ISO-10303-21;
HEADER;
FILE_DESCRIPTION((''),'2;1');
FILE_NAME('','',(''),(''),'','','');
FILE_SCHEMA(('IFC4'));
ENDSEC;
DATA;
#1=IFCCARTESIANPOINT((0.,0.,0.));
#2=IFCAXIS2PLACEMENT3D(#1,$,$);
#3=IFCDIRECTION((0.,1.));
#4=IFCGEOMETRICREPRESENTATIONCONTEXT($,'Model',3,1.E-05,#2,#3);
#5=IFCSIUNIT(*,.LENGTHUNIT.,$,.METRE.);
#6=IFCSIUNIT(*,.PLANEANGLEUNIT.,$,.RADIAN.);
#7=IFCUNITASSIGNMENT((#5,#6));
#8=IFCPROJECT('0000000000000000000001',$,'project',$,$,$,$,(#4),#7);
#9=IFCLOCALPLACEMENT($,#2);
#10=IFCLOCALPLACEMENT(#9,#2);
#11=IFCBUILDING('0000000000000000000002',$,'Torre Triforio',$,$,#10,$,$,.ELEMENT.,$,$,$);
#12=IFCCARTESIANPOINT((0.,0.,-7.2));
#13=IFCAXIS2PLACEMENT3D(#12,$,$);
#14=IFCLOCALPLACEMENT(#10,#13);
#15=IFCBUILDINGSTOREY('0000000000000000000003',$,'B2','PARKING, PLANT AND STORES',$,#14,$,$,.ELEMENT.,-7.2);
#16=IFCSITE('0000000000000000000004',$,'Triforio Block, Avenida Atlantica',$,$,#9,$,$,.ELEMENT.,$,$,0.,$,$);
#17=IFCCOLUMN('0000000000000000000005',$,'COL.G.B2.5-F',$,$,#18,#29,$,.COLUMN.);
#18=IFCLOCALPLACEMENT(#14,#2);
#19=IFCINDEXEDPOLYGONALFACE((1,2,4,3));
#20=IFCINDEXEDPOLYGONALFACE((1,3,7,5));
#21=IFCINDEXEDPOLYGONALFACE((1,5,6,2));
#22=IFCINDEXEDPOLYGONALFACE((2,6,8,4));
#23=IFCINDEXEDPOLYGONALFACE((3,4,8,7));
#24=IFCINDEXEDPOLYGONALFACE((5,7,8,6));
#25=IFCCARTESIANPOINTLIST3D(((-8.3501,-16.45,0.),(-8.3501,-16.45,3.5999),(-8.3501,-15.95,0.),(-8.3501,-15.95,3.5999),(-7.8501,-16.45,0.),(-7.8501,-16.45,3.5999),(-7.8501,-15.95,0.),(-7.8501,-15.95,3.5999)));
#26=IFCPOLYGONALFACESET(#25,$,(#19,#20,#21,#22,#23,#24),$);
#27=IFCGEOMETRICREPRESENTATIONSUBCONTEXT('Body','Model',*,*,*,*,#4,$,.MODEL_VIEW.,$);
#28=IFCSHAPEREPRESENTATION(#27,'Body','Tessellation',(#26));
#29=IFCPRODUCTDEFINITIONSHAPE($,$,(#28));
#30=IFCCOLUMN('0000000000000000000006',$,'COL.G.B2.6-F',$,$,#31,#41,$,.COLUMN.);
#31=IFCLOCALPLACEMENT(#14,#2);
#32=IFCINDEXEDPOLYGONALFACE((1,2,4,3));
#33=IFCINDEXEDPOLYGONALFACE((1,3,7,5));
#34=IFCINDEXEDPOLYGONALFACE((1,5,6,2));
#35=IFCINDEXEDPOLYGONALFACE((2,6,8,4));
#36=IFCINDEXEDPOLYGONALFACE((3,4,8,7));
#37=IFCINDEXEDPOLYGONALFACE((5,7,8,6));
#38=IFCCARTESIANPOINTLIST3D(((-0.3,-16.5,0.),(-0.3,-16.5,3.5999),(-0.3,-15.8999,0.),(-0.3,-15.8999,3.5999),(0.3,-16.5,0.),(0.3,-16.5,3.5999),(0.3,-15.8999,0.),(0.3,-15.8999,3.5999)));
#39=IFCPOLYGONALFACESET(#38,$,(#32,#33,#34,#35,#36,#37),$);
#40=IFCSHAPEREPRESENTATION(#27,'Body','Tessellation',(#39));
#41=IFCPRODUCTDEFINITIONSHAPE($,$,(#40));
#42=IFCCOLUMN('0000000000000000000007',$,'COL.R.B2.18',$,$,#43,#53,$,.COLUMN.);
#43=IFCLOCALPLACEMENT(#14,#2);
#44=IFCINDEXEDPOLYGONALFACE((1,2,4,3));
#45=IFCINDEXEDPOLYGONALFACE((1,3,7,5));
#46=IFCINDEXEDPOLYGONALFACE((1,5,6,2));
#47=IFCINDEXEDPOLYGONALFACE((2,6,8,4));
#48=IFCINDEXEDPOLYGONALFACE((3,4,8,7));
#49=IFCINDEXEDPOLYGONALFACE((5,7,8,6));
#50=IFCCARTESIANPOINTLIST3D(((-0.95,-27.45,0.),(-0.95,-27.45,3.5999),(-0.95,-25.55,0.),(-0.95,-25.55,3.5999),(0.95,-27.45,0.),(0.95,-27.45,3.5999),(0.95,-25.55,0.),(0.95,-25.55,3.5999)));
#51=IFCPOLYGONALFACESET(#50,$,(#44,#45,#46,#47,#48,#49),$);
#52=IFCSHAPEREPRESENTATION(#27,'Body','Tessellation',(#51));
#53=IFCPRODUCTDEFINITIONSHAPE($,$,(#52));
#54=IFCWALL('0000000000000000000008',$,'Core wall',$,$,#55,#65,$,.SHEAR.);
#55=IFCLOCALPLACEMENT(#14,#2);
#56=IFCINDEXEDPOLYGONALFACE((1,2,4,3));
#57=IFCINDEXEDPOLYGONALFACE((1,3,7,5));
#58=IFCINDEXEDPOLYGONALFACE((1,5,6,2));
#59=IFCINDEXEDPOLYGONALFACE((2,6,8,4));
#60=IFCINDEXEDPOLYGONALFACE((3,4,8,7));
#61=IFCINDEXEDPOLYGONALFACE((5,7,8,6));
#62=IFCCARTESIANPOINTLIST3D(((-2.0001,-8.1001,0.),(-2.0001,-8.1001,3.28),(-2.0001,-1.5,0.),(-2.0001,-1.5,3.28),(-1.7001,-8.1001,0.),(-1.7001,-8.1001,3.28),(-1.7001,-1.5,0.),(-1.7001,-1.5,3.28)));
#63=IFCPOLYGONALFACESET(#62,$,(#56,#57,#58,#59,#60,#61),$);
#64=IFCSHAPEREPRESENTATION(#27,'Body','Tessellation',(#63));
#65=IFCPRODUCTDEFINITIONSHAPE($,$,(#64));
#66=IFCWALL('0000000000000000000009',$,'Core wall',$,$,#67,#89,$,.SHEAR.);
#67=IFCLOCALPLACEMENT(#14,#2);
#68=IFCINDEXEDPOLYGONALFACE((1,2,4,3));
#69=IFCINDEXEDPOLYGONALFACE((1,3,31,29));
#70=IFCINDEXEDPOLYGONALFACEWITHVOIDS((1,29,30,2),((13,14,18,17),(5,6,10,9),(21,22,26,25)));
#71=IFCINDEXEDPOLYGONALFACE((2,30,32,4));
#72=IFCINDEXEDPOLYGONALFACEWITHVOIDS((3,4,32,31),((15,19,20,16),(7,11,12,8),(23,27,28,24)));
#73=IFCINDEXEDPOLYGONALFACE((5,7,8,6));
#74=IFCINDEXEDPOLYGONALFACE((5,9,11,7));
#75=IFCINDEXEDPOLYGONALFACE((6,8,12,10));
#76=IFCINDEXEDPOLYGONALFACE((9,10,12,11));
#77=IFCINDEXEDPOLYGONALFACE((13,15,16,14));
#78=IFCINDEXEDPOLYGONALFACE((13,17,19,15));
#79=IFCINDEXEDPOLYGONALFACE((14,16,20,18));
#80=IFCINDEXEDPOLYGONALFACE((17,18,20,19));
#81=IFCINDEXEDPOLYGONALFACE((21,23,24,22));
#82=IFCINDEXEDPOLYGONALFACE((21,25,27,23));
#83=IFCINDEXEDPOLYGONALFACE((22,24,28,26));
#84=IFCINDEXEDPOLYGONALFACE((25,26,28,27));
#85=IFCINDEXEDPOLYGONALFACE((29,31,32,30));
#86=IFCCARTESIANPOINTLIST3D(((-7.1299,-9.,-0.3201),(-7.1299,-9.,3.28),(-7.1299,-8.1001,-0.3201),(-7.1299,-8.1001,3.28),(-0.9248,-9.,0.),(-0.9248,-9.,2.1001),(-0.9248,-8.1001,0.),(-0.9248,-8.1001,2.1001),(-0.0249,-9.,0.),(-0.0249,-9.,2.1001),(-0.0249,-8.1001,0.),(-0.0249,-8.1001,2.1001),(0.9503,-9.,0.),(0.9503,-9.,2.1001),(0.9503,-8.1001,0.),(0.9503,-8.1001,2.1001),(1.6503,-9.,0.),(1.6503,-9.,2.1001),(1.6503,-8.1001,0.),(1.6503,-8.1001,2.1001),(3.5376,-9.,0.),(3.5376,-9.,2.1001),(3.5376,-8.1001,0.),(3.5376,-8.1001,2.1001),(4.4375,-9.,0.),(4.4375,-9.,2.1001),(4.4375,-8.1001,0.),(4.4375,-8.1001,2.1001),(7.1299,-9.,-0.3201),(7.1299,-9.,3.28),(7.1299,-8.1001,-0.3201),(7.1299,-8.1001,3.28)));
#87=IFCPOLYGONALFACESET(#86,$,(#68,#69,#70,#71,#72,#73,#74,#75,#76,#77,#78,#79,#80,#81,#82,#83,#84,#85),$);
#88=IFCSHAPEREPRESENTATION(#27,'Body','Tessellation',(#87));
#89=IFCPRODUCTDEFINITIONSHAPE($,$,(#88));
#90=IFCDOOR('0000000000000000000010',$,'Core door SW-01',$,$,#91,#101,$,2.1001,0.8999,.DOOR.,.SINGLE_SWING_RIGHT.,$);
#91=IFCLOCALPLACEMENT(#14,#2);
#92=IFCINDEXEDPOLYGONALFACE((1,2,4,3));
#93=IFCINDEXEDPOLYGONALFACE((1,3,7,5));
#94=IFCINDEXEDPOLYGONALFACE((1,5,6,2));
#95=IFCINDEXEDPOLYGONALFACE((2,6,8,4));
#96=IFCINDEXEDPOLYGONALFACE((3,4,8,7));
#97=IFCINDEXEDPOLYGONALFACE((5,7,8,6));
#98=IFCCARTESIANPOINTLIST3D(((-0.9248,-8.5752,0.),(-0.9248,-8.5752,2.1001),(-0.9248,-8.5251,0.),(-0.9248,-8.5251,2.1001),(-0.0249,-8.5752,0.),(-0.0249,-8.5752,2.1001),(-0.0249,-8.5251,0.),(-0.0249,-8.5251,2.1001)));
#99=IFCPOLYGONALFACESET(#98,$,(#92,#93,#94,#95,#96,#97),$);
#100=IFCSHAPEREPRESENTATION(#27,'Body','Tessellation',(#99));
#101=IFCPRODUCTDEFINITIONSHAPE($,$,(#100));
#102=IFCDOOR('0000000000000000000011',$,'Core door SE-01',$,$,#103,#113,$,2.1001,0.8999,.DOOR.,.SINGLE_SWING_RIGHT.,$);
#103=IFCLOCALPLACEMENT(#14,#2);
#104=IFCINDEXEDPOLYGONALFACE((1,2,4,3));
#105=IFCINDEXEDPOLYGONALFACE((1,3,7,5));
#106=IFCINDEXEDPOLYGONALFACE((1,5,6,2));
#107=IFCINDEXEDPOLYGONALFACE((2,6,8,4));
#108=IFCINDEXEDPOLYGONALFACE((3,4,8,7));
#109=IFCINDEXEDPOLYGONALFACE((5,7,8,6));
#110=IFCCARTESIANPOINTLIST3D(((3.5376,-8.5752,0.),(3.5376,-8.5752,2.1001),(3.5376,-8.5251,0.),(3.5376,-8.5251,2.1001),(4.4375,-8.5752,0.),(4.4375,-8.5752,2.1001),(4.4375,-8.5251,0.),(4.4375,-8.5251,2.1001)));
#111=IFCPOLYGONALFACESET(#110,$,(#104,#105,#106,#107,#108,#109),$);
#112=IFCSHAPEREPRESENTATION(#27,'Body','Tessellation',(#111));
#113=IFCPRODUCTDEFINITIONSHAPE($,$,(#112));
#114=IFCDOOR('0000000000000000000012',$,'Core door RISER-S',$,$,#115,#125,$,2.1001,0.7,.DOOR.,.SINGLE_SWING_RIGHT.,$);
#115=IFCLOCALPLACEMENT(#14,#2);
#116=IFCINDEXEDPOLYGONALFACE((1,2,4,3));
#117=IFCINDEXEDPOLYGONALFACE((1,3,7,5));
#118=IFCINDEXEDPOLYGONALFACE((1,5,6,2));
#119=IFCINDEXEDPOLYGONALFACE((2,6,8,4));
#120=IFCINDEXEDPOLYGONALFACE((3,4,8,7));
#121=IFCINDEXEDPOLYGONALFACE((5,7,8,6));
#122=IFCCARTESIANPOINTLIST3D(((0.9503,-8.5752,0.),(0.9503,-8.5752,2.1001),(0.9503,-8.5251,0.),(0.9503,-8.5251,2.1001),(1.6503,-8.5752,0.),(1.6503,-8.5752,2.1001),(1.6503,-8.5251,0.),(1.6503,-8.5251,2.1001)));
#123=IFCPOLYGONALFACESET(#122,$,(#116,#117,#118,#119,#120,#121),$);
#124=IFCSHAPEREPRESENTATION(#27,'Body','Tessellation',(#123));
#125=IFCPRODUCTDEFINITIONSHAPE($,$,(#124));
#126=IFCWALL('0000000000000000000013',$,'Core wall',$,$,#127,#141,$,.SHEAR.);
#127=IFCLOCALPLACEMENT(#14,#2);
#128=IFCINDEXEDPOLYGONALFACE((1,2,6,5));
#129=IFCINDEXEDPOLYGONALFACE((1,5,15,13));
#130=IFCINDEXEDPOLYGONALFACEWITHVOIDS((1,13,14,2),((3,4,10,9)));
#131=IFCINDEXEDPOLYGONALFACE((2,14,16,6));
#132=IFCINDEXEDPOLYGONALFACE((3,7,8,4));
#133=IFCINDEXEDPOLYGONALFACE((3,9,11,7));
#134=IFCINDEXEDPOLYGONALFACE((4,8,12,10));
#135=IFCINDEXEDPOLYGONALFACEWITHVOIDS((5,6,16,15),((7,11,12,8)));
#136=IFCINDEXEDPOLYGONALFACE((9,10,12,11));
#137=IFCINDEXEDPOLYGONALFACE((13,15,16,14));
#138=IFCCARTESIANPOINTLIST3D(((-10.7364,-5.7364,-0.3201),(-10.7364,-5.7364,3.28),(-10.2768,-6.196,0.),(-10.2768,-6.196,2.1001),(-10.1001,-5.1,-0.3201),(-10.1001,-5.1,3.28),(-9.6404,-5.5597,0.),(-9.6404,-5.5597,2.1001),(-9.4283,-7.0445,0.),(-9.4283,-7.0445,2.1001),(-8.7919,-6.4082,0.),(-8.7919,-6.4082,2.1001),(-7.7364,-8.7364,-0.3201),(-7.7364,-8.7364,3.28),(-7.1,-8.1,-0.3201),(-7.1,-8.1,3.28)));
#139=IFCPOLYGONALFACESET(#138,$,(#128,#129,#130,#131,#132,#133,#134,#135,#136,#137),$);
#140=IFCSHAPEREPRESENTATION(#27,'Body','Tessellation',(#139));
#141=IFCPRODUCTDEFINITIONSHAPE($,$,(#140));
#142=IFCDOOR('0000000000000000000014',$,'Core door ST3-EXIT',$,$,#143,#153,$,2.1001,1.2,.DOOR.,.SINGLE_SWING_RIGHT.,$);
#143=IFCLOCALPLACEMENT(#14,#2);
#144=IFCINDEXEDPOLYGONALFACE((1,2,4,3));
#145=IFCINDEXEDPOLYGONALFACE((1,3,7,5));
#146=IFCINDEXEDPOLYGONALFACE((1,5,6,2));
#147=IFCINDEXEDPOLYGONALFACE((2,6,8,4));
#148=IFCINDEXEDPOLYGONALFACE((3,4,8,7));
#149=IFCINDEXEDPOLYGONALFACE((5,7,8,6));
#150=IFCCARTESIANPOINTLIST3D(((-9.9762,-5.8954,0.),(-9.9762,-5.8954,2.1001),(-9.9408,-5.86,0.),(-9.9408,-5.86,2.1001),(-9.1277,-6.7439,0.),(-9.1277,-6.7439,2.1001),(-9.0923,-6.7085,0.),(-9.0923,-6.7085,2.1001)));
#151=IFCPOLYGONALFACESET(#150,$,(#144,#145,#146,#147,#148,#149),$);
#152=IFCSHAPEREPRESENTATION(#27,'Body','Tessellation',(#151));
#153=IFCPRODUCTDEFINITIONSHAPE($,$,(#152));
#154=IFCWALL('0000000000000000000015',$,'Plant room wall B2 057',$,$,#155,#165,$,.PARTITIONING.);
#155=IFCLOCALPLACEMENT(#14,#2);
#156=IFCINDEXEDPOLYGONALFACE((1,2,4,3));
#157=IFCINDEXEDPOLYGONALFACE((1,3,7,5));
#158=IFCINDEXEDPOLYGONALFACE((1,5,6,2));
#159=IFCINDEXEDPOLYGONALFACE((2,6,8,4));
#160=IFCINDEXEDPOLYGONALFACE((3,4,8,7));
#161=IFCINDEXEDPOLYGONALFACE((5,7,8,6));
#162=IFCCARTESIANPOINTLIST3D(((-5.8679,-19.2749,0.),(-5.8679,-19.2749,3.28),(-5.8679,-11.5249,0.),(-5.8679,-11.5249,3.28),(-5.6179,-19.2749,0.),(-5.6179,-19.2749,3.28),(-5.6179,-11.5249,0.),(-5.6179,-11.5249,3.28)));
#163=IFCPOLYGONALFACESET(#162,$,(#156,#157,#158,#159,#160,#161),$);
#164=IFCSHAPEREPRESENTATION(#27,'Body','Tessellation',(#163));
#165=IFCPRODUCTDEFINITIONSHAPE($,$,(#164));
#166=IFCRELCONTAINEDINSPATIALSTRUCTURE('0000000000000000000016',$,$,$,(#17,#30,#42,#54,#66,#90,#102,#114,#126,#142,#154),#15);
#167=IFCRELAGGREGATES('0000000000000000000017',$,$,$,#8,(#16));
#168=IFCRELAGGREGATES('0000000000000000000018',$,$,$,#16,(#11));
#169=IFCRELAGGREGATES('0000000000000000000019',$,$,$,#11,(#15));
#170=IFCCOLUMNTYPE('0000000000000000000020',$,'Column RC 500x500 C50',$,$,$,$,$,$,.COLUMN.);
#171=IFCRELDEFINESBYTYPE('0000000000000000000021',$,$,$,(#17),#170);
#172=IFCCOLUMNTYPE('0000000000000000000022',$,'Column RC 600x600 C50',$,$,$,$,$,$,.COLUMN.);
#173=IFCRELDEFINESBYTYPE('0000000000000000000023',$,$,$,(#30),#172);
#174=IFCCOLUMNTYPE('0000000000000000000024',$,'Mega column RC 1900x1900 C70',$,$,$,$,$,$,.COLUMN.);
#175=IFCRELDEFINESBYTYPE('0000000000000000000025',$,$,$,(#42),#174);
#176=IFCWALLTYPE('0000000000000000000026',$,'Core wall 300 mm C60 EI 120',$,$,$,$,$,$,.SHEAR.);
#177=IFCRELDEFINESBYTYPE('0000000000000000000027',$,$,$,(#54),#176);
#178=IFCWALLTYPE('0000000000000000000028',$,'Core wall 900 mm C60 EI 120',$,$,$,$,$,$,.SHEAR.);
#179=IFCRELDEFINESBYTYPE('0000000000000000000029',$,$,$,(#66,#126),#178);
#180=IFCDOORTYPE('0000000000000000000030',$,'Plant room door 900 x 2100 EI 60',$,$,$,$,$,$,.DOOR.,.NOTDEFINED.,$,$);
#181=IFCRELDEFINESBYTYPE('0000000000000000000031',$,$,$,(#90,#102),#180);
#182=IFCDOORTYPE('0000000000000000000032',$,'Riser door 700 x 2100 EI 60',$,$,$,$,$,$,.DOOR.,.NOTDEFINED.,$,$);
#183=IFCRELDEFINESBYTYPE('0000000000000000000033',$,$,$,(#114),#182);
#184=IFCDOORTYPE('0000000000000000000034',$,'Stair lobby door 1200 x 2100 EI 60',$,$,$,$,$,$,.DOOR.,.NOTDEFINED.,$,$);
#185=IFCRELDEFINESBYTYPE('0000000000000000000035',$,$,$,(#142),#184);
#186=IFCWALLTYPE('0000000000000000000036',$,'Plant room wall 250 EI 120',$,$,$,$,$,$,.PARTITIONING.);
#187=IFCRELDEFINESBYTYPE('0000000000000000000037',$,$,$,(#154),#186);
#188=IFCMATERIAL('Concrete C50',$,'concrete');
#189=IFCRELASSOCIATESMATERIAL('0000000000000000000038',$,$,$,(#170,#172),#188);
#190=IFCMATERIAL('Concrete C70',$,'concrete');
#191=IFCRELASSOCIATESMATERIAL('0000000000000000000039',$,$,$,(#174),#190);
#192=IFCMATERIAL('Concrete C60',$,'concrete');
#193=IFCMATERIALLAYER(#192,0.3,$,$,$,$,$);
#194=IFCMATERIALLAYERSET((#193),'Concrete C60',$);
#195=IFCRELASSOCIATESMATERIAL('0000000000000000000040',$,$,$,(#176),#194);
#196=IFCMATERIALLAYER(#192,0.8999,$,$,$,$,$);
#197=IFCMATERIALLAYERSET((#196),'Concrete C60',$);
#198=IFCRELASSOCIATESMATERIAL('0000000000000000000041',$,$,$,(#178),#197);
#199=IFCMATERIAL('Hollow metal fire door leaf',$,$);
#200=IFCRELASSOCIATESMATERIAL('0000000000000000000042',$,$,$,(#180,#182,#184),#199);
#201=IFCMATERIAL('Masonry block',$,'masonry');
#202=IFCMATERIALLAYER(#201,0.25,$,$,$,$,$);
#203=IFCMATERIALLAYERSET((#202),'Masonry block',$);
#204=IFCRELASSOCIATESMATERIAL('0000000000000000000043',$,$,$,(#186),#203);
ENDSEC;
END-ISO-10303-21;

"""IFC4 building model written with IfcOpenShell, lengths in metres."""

from ifc_helpers import new_model, si_unit, direction, frame, frame_2d, origin, origin_2d, place, context, subcontext, project, spatial, rectangle, extrude, material, layer, layer_set, material_profile, profile_set, type_object, element, fill, save


model = new_model("IFC4")

# Units and contexts
model_context = context("Model", 3, precision=1e-05, world=origin(), true_north=direction((0.0, 1.0)))
body_context = subcontext(model_context, "Body", "Model", "MODEL_VIEW")
ifc_project = project(units=[si_unit("LENGTHUNIT", "METRE"), si_unit("PLANEANGLEUNIT", "RADIAN")], contexts=[model_context])

# Site, building, storey
site_placement = place(None, origin())
site = spatial("IfcSite", under=ifc_project, at=site_placement, Name="Triforio Block, Avenida Atlantica", CompositionType="ELEMENT", RefElevation=0.0)
building_placement = place(site_placement, origin())
building = spatial("IfcBuilding", under=site, at=building_placement, Name="Torre Triforio", CompositionType="ELEMENT")
storey_placement = place(building_placement, frame((0.0, 0.0, -7.2)))
storey = spatial("IfcBuildingStorey", under=building, at=storey_placement, Name="B2", Description="PARKING, PLANT AND STORES", CompositionType="ELEMENT", Elevation=-7.2)

# Columns
ifc_material_1 = material(Name="Concrete C50", Category="concrete")
ifc_material_profile_1 = material_profile(ifc_material_1, rectangle(XDim=0.5, YDim=0.5, at=origin_2d()), Name="RC 500x500")
ifc_profile_set_1 = profile_set([ifc_material_profile_1], Name="Concrete C50")
column_type_1 = type_object("IfcColumnType", Name="Column RC 500x500 C50", PredefinedType="COLUMN", material=ifc_profile_set_1)
column_1_placement = place(storey_placement, frame((-8.1001, -16.2, 0.0), z_axis=(0.0, 0.0, 1.0), x_axis=(1.0, 0.0, 0.0)))
element("IfcColumn", 1, at=column_1_placement, inside=storey, type_object=column_type_1, Name="COL.G.B2.5-F", PredefinedType="COLUMN", context=body_context, shape_type="SweptSolid", body=[
    extrude(rectangle(XDim=0.5, YDim=0.5, at=origin_2d()), origin(), (0.0, 0.0, 1.0), 3.5999),
])
ifc_material_profile_2 = material_profile(ifc_material_1, rectangle(XDim=0.6001, YDim=0.6001, at=origin_2d()), Name="RC 600x600")
ifc_profile_set_2 = profile_set([ifc_material_profile_2], Name="Concrete C50")
column_type_2 = type_object("IfcColumnType", Name="Column RC 600x600 C50", PredefinedType="COLUMN", material=ifc_profile_set_2)
column_2_placement = place(storey_placement, frame((0.0, -16.2, 0.0), z_axis=(0.0, 0.0, 1.0), x_axis=(1.0, 0.0, 0.0)))
element("IfcColumn", 2, at=column_2_placement, inside=storey, type_object=column_type_2, Name="COL.G.B2.6-F", PredefinedType="COLUMN", context=body_context, shape_type="SweptSolid", body=[
    extrude(rectangle(XDim=0.6001, YDim=0.6001, at=origin_2d()), origin(), (0.0, 0.0, 1.0), 3.5999),
])
ifc_material_2 = material(Name="Concrete C70", Category="concrete")
ifc_material_profile_3 = material_profile(ifc_material_2, rectangle(XDim=1.8999, YDim=1.8999, at=origin_2d()), Name="RC 1900x1900")
ifc_profile_set_3 = profile_set([ifc_material_profile_3], Name="Concrete C70")
column_type_3 = type_object("IfcColumnType", Name="Mega column RC 1900x1900 C70", PredefinedType="COLUMN", material=ifc_profile_set_3)
column_3_placement = place(storey_placement, frame((0.0, -26.5, 0.0), z_axis=(0.0, 0.0, 1.0), x_axis=(1.0, 0.0, 0.0)))
element("IfcColumn", 3, at=column_3_placement, inside=storey, type_object=column_type_3, Name="COL.R.B2.18", PredefinedType="COLUMN", context=body_context, shape_type="SweptSolid", body=[
    extrude(rectangle(XDim=1.8999, YDim=1.8999, at=origin_2d()), origin(), (0.0, 0.0, 1.0), 3.5999),
])

# Wall
ifc_material_3 = material(Name="Concrete C60", Category="concrete")
ifc_layer_1 = layer(ifc_material_3, 0.3)
ifc_layer_set_1 = layer_set([ifc_layer_1], Name="Concrete C60")
wall_type_1 = type_object("IfcWallType", Name="Core wall 300 mm C60 EI 120", PredefinedType="SHEAR", material=ifc_layer_set_1)
wall_1_placement = place(storey_placement, frame((-1.8501, -8.1001, 0.0), z_axis=(0.0, 0.0, 1.0), x_axis=(0.0, 1.0, 0.0)))
element("IfcWall", 4, at=wall_1_placement, inside=storey, type_object=wall_type_1, Name="Core wall", PredefinedType="SHEAR", context=body_context, shape_type="SweptSolid", body=[
    extrude(rectangle(XDim=6.6001, YDim=0.3, at=frame_2d((3.3, 0.0))), origin(), (0.0, 0.0, 1.0), 3.28),
])

# Wall, openings, doors
ifc_layer_2 = layer(ifc_material_3, 0.8999)
ifc_layer_set_2 = layer_set([ifc_layer_2], Name="Concrete C60")
wall_type_2 = type_object("IfcWallType", Name="Core wall 900 mm C60 EI 120", PredefinedType="SHEAR", material=ifc_layer_set_2)
wall_2_placement = place(storey_placement, frame((-7.1299, -8.55, -0.3201), z_axis=(0.0, 0.0, 1.0), x_axis=(1.0, 0.0, 0.0)))
wall_2 = element("IfcWall", 5, at=wall_2_placement, inside=storey, type_object=wall_type_2, Name="Core wall", PredefinedType="SHEAR", context=body_context, shape_type="SweptSolid", body=[
    extrude(rectangle(XDim=14.2598, YDim=0.8999, at=frame_2d((7.1299, 0.0))), origin(), (0.0, 0.0, 1.0), 3.6001),
])
opening_1_placement = place(wall_2_placement, frame((8.0801, 0.0, 0.3201)))
opening_1 = element("IfcOpeningElement", 6, at=opening_1_placement, cuts=wall_2, PredefinedType="OPENING", context=body_context, shape_type="SweptSolid", body=[
    extrude(rectangle(XDim=0.7, YDim=2.1001, at=frame_2d((0.3501, 1.05))), frame((0.0, 0.46, 0.0), z_axis=(0.0, -1.0, 0.0), x_axis=(1.0, 0.0, 0.0)), (0.0, 0.0, 1.0), 0.9199),
])
opening_2_placement = place(wall_2_placement, frame((6.2051, 0.0, 0.3201)))
opening_2 = element("IfcOpeningElement", 7, at=opening_2_placement, cuts=wall_2, PredefinedType="OPENING", context=body_context, shape_type="SweptSolid", body=[
    extrude(rectangle(XDim=0.8999, YDim=2.1001, at=frame_2d((0.45, 1.05))), frame((0.0, 0.46, 0.0), z_axis=(0.0, -1.0, 0.0), x_axis=(1.0, 0.0, 0.0)), (0.0, 0.0, 1.0), 0.9199),
])
opening_3_placement = place(wall_2_placement, frame((10.6675, 0.0, 0.3201)))
opening_3 = element("IfcOpeningElement", 8, at=opening_3_placement, cuts=wall_2, PredefinedType="OPENING", context=body_context, shape_type="SweptSolid", body=[
    extrude(rectangle(XDim=0.8999, YDim=2.1001, at=frame_2d((0.45, 1.05))), frame((0.0, 0.46, 0.0), z_axis=(0.0, -1.0, 0.0), x_axis=(1.0, 0.0, 0.0)), (0.0, 0.0, 1.0), 0.9199),
])
ifc_material_4 = material(Name="Hollow metal fire door leaf")
door_type_1 = type_object("IfcDoorType", Name="Plant room door 900 x 2100 EI 60", OperationType="NOTDEFINED", PredefinedType="DOOR", material=ifc_material_4)
door_1_placement = place(opening_2_placement, origin())
door_1 = element("IfcDoor", 9, at=door_1_placement, inside=storey, type_object=door_type_1, Name="Core door SW-01", OperationType="SINGLE_SWING_RIGHT", OverallHeight=2.1001, OverallWidth=0.8999, PredefinedType="DOOR", context=body_context, shape_type="SweptSolid", body=[
    extrude(rectangle(XDim=0.8999, YDim=2.1001, at=frame_2d((0.45, 1.05))), frame((0.0, 0.0249, 0.0), z_axis=(0.0, -1.0, 0.0), x_axis=(1.0, 0.0, 0.0)), (0.0, 0.0, 1.0), 0.05),
])
fill(opening_2, door_1)
door_2_placement = place(opening_3_placement, origin())
door_2 = element("IfcDoor", 10, at=door_2_placement, inside=storey, type_object=door_type_1, Name="Core door SE-01", OperationType="SINGLE_SWING_RIGHT", OverallHeight=2.1001, OverallWidth=0.8999, PredefinedType="DOOR", context=body_context, shape_type="SweptSolid", body=[
    extrude(rectangle(XDim=0.8999, YDim=2.1001, at=frame_2d((0.45, 1.05))), frame((0.0, 0.0249, 0.0), z_axis=(0.0, -1.0, 0.0), x_axis=(1.0, 0.0, 0.0)), (0.0, 0.0, 1.0), 0.05),
])
fill(opening_3, door_2)
door_type_2 = type_object("IfcDoorType", Name="Riser door 700 x 2100 EI 60", OperationType="NOTDEFINED", PredefinedType="DOOR", material=ifc_material_4)
door_3_placement = place(opening_1_placement, origin())
door_3 = element("IfcDoor", 11, at=door_3_placement, inside=storey, type_object=door_type_2, Name="Core door RISER-S", OperationType="SINGLE_SWING_RIGHT", OverallHeight=2.1001, OverallWidth=0.7, PredefinedType="DOOR", context=body_context, shape_type="SweptSolid", body=[
    extrude(rectangle(XDim=0.7, YDim=2.1001, at=frame_2d((0.3501, 1.05))), frame((0.0, 0.0249, 0.0), z_axis=(0.0, -1.0, 0.0), x_axis=(1.0, 0.0, 0.0)), (0.0, 0.0, 1.0), 0.05),
])
fill(opening_1, door_3)

# Wall, opening, door
wall_3_placement = place(storey_placement, frame((-7.4182, -8.4182, -0.3201), z_axis=(0.0, 0.0, 1.0), x_axis=(-0.707107, 0.707107, 0.0)))
wall_3 = element("IfcWall", 12, at=wall_3_placement, inside=storey, type_object=wall_type_2, Name="Core wall", PredefinedType="SHEAR", context=body_context, shape_type="SweptSolid", body=[
    extrude(rectangle(XDim=4.2427, YDim=0.8999, at=frame_2d((2.1213, 0.0))), origin(), (0.0, 0.0, 1.0), 3.6001),
])
opening_4_placement = place(wall_3_placement, frame((2.3926, 0.0, 0.3201)))
opening_4 = element("IfcOpeningElement", 13, at=opening_4_placement, cuts=wall_3, PredefinedType="OPENING", context=body_context, shape_type="SweptSolid", body=[
    extrude(rectangle(XDim=1.2, YDim=2.1001, at=frame_2d((0.6001, 1.05))), frame((0.0, 0.46, 0.0), z_axis=(0.0, -1.0, 0.0), x_axis=(1.0, 0.0, 0.0)), (0.0, 0.0, 1.0), 0.9199),
])
door_type_3 = type_object("IfcDoorType", Name="Stair lobby door 1200 x 2100 EI 60", OperationType="NOTDEFINED", PredefinedType="DOOR", material=ifc_material_4)
door_4_placement = place(opening_4_placement, origin())
door_4 = element("IfcDoor", 14, at=door_4_placement, inside=storey, type_object=door_type_3, Name="Core door ST3-EXIT", OperationType="SINGLE_SWING_RIGHT", OverallHeight=2.1001, OverallWidth=1.2, PredefinedType="DOOR", context=body_context, shape_type="SweptSolid", body=[
    extrude(rectangle(XDim=1.2, YDim=2.1001, at=frame_2d((0.6001, 1.05))), frame((0.0, 0.0249, 0.0), z_axis=(0.0, -1.0, 0.0), x_axis=(1.0, 0.0, 0.0)), (0.0, 0.0, 1.0), 0.05),
])
fill(opening_4, door_4)

# Wall
ifc_material_5 = material(Name="Masonry block", Category="masonry")
ifc_layer_3 = layer(ifc_material_5, 0.25)
ifc_layer_set_3 = layer_set([ifc_layer_3], Name="Masonry block")
wall_type_3 = type_object("IfcWallType", Name="Plant room wall 250 EI 120", PredefinedType="PARTITIONING", material=ifc_layer_set_3)
wall_4_placement = place(storey_placement, frame((-5.7429, -19.2749, 0.0), z_axis=(0.0, 0.0, 1.0), x_axis=(0.0, 1.0, 0.0)))
element("IfcWall", 15, at=wall_4_placement, inside=storey, type_object=wall_type_3, Name="Plant room wall B2 057", PredefinedType="PARTITIONING", context=body_context, shape_type="SweptSolid", body=[
    extrude(rectangle(XDim=7.75, YDim=0.25, at=frame_2d((3.875, 0.0))), origin(), (0.0, 0.0, 1.0), 3.28),
])

save(model, "model.ifc")
